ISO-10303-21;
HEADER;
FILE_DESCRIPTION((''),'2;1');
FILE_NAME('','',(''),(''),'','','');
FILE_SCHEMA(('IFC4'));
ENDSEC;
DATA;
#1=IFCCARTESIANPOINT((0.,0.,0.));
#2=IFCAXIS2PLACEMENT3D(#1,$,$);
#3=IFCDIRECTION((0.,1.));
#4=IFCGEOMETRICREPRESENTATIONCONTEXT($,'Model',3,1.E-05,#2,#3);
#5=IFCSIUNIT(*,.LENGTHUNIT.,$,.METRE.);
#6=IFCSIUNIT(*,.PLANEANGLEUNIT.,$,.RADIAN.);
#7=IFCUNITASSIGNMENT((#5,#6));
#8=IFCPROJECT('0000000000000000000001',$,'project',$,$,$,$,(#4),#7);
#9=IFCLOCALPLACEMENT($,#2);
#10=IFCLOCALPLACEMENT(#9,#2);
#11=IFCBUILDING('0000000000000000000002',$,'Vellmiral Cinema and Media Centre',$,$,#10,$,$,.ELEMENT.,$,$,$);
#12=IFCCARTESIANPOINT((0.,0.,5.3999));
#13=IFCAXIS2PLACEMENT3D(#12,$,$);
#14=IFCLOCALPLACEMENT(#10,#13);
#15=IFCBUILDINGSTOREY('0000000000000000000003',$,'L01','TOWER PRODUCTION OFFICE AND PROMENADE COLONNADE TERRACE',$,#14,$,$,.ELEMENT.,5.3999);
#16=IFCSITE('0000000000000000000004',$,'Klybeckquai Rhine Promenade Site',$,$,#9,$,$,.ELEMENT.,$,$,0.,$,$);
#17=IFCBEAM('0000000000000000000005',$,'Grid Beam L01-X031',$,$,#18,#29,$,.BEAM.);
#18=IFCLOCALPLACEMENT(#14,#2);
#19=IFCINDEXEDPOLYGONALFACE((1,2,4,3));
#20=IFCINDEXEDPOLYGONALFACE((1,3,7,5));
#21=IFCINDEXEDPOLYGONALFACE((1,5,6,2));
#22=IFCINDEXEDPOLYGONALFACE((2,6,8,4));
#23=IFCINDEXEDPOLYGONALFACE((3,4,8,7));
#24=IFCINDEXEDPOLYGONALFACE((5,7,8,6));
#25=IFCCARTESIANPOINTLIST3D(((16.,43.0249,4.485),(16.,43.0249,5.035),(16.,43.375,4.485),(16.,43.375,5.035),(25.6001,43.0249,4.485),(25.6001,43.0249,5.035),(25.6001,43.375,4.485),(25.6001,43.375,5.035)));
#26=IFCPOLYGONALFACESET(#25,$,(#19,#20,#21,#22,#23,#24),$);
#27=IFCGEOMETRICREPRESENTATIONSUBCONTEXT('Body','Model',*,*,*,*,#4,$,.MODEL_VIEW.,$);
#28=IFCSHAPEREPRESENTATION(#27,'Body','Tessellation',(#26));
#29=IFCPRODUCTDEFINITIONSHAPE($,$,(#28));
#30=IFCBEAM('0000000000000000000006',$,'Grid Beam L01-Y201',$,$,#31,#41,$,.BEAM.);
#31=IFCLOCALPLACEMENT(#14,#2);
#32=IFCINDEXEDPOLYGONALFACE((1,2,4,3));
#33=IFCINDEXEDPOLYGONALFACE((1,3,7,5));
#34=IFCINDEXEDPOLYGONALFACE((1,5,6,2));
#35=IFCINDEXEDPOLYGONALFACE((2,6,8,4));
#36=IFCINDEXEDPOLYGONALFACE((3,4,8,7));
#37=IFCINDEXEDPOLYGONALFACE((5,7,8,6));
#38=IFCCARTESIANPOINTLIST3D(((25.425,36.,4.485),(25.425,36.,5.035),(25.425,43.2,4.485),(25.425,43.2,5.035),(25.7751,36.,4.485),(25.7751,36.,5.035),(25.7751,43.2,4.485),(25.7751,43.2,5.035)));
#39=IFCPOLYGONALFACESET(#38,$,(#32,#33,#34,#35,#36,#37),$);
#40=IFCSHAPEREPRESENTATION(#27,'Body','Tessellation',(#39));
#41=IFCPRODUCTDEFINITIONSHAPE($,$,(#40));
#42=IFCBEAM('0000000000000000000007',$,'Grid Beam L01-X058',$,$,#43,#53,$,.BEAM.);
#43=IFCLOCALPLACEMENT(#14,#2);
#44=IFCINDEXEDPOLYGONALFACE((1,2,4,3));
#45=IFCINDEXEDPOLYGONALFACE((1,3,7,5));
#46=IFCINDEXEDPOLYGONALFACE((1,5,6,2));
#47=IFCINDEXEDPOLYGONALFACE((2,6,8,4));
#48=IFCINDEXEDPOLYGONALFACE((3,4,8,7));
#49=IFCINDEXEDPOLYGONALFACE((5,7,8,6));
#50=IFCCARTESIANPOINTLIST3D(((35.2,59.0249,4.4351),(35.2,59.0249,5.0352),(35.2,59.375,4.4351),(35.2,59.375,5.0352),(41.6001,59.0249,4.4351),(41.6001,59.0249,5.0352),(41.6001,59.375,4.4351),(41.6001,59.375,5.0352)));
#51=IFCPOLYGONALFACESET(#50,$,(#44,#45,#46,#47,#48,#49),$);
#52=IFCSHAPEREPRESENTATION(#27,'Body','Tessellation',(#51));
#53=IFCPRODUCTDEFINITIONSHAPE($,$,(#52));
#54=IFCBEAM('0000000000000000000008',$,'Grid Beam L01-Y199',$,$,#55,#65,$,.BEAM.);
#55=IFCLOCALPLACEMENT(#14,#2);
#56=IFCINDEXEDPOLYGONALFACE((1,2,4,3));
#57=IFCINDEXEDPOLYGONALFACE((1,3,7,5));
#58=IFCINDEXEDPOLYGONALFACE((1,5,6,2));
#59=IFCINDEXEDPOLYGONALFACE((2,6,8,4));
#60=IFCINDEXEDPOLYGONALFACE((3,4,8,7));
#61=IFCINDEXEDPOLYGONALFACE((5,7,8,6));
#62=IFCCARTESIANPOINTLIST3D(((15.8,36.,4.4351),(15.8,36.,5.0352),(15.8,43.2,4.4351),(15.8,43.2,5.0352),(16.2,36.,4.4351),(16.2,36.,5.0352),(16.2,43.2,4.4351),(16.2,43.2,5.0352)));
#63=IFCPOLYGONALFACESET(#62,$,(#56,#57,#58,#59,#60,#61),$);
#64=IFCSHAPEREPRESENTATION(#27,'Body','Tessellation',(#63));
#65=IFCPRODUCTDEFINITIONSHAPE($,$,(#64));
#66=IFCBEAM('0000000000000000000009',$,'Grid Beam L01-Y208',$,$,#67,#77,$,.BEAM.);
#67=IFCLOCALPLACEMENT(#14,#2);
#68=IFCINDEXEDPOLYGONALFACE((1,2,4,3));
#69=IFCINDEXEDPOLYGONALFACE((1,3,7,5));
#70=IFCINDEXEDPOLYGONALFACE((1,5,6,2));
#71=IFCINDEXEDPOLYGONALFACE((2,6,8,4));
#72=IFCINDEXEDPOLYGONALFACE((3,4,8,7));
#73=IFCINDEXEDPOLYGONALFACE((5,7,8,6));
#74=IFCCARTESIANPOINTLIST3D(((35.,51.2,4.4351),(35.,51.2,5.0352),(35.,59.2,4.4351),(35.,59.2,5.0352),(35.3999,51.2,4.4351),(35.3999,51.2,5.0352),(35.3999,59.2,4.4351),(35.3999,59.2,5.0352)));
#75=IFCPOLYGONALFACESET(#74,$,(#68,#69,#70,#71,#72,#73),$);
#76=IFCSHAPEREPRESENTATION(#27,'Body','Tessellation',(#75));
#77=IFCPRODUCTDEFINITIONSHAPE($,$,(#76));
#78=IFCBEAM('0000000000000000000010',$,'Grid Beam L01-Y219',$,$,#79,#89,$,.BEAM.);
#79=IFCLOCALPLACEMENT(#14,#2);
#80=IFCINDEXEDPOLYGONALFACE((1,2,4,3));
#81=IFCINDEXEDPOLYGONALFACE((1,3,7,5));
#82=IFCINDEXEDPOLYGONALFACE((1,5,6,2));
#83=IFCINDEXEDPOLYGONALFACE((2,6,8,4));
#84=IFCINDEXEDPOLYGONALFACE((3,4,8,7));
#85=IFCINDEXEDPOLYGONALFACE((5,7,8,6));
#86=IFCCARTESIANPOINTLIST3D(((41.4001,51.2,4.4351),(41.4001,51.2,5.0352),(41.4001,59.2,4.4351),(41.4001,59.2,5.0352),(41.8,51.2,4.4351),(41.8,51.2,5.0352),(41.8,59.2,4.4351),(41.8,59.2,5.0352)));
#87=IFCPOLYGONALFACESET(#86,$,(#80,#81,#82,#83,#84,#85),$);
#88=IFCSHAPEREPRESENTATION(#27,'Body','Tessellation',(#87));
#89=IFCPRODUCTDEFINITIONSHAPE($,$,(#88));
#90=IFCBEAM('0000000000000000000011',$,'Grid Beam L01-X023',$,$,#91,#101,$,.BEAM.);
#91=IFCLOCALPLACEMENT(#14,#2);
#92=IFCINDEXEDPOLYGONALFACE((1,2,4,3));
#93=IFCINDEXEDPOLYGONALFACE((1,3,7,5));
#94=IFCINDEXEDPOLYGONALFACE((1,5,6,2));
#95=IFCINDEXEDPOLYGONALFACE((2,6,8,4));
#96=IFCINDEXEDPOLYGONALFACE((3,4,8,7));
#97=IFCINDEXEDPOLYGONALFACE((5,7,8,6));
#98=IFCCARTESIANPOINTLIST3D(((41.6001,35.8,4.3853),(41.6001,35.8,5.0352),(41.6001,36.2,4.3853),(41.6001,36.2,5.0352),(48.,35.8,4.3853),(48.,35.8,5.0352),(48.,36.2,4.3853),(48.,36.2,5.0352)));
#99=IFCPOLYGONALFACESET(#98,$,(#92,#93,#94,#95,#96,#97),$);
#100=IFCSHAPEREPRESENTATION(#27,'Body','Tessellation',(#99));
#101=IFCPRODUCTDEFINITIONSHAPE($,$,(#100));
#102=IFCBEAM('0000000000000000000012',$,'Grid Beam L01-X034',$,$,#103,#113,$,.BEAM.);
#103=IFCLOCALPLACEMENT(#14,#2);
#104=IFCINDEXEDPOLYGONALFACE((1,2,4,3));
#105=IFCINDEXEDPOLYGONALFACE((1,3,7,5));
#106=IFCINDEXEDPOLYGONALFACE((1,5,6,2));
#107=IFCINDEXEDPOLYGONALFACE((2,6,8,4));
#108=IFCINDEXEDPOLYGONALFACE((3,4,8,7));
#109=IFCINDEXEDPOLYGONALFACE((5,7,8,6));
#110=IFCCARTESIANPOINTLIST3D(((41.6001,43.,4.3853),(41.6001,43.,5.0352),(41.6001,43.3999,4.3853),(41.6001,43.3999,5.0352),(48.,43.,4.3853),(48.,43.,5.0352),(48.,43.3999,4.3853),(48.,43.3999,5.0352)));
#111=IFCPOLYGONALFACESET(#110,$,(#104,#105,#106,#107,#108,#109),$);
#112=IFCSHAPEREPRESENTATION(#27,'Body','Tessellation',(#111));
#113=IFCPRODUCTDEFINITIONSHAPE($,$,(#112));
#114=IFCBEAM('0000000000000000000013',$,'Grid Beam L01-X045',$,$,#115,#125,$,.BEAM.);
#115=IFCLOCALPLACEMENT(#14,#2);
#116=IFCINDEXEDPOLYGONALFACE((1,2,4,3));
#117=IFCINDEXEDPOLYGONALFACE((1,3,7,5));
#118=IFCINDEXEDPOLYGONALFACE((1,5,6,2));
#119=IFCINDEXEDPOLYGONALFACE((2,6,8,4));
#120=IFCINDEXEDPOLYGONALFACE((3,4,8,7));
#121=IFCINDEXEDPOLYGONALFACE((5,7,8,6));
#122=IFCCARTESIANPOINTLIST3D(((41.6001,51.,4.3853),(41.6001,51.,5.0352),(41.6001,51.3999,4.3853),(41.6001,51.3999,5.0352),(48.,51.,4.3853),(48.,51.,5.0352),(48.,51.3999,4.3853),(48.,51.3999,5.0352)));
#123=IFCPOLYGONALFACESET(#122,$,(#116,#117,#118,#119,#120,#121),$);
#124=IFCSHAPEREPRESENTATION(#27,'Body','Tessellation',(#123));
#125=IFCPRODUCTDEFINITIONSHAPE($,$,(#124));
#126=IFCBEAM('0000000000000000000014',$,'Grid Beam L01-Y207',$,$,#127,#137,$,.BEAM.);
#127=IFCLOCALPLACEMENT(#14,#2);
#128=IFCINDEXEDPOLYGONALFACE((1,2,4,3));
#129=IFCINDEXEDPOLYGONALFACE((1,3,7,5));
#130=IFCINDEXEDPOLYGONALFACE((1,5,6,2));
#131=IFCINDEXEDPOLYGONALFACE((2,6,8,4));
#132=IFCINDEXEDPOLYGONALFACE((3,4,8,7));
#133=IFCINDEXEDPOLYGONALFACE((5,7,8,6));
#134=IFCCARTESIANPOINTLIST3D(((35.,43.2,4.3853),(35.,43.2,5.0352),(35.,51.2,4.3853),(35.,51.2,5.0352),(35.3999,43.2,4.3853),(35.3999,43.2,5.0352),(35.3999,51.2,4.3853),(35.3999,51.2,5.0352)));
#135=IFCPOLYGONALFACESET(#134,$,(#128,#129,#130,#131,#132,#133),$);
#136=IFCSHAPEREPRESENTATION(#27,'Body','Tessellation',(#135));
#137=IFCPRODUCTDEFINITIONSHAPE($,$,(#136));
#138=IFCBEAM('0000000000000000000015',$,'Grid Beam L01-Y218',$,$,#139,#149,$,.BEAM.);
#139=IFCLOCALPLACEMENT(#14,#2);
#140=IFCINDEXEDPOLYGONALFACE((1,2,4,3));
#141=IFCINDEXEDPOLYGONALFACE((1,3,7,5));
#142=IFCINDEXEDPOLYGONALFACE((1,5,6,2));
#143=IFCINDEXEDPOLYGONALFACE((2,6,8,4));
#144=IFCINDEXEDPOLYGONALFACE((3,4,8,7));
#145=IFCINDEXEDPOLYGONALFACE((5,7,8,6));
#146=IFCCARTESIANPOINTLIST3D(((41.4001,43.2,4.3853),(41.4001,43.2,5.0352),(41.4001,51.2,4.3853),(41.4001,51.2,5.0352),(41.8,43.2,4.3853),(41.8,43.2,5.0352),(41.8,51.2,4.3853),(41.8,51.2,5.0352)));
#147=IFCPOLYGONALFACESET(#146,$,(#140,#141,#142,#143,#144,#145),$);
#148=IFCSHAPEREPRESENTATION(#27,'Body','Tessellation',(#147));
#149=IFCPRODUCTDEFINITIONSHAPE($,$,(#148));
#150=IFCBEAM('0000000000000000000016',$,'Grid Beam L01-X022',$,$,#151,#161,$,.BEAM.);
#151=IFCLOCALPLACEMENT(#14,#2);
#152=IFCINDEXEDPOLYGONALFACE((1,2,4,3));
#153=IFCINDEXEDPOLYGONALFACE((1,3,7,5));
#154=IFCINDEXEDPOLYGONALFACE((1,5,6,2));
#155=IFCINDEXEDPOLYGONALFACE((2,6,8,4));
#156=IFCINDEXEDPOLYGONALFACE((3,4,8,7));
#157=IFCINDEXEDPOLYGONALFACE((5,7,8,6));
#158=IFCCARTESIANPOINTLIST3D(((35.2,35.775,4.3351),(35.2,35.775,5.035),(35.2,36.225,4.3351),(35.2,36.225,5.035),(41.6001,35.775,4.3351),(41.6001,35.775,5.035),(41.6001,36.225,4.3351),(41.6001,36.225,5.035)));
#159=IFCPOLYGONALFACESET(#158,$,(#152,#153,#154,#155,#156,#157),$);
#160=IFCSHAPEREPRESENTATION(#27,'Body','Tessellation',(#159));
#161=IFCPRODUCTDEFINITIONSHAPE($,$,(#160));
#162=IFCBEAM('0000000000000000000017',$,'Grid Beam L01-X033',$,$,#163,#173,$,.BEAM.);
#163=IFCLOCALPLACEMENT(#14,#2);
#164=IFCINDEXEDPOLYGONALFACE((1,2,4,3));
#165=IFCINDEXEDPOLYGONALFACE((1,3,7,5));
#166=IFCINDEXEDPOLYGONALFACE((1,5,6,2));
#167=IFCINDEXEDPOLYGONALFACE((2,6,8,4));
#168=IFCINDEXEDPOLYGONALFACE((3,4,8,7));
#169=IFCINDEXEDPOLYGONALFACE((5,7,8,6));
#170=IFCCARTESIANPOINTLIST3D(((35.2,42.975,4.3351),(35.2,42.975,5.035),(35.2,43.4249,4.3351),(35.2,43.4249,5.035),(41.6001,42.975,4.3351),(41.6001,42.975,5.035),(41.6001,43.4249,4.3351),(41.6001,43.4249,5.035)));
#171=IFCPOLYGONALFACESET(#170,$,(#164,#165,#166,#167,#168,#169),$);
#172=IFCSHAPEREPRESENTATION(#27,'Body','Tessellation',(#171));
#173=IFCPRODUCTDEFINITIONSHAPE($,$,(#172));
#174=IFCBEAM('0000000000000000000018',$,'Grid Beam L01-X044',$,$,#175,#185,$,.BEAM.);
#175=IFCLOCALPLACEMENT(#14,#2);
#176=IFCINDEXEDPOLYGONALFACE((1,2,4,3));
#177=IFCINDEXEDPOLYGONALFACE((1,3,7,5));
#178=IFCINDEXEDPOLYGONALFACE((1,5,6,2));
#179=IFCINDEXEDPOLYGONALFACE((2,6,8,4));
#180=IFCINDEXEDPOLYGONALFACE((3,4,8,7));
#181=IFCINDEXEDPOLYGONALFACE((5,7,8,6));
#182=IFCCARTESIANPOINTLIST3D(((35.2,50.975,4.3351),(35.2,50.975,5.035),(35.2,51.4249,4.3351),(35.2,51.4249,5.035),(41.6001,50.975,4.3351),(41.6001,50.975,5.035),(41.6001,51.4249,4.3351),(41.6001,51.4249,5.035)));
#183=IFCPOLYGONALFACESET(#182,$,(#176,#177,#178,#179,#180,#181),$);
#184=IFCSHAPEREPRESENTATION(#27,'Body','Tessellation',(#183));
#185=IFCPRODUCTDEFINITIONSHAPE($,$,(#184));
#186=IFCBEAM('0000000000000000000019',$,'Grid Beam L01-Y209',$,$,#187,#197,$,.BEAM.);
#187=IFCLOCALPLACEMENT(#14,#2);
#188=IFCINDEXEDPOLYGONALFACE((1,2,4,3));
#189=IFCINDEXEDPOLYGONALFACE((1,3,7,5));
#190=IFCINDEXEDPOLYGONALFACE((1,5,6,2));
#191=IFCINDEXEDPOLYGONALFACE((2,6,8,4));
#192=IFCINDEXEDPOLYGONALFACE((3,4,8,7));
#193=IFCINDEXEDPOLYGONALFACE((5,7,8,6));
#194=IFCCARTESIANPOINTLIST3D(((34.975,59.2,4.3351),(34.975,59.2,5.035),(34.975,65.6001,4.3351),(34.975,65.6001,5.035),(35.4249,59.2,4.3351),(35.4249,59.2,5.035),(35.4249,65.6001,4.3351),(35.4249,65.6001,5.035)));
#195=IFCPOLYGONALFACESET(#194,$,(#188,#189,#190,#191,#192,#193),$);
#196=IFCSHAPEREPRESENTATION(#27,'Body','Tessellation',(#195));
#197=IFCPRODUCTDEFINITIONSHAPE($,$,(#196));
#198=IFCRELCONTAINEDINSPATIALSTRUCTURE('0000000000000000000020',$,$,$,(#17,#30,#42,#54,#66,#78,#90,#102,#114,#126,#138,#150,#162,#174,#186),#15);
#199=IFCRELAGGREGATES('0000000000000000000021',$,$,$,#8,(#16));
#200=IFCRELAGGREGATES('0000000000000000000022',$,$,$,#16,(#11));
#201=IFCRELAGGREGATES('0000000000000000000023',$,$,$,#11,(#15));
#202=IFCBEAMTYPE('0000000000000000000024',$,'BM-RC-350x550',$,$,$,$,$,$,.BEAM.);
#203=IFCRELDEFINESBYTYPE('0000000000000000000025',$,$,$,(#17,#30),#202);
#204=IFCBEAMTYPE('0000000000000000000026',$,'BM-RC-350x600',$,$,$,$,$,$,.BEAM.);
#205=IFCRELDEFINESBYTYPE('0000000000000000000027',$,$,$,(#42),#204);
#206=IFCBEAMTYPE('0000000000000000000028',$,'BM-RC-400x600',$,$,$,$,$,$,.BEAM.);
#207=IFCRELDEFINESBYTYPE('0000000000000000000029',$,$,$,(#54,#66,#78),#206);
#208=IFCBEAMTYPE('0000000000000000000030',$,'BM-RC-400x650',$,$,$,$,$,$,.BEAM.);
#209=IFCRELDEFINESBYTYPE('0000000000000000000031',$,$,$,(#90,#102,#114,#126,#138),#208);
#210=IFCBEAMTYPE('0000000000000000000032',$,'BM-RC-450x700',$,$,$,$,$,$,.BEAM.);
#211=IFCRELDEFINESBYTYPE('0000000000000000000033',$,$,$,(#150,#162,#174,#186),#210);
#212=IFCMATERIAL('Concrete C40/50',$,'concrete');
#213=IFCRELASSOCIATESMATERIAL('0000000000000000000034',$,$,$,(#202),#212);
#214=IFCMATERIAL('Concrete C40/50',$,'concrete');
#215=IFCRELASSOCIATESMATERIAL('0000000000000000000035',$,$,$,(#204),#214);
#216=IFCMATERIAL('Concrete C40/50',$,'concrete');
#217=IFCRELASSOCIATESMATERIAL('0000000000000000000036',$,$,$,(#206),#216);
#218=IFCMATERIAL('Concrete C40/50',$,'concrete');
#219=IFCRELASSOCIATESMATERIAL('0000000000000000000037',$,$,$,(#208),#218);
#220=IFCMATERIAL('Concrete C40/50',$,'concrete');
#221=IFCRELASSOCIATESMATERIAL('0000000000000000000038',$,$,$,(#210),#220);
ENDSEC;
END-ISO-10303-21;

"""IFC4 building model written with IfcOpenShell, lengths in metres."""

from ifc_helpers import new_model, si_unit, direction, frame, origin, origin_2d, place, context, subcontext, project, spatial, rectangle, extrude, material, material_profile, profile_set, type_object, element, save


model = new_model("IFC4")

# Units and contexts
model_context = context("Model", 3, precision=1e-05, world=origin(), true_north=direction((0.0, 1.0)))
body_context = subcontext(model_context, "Body", "Model", "MODEL_VIEW")
ifc_project = project(units=[si_unit("LENGTHUNIT", "METRE"), si_unit("PLANEANGLEUNIT", "RADIAN")], contexts=[model_context])

# Site, building, storey
site_placement = place(None, origin())
site = spatial("IfcSite", under=ifc_project, at=site_placement, Name="Klybeckquai Rhine Promenade Site", CompositionType="ELEMENT", RefElevation=0.0)
building_placement = place(site_placement, origin())
building = spatial("IfcBuilding", under=site, at=building_placement, Name="Vellmiral Cinema and Media Centre", CompositionType="ELEMENT")
storey_placement = place(building_placement, frame((0.0, 0.0, 5.3999)))
storey = spatial("IfcBuildingStorey", under=building, at=storey_placement, Name="L01", Description="TOWER PRODUCTION OFFICE AND PROMENADE COLONNADE TERRACE", CompositionType="ELEMENT", Elevation=5.3999)

# Beams
ifc_material_1 = material(Name="Concrete C40/50", Category="concrete")
ifc_material_profile_1 = material_profile(ifc_material_1, rectangle(XDim=0.3501, YDim=0.55, at=origin_2d()), Name="RC 350x550")
ifc_profile_set_1 = profile_set([ifc_material_profile_1], Name="Concrete C40/50")
beam_type_1 = type_object("IfcBeamType", Name="BM-RC-350x550", PredefinedType="BEAM", material=ifc_profile_set_1)
for number, where, z_axis, x_axis, name in (
    (1, (16.0, 43.2, 4.76), (1.0, 0.0, 0.0), (0.0, 1.0, 0.0), "Grid Beam L01-X031"),
):
    element("IfcBeam", number, at=place(storey_placement, frame(where, z_axis=z_axis, x_axis=x_axis)), inside=storey, type_object=beam_type_1, Name=name, PredefinedType="BEAM", context=body_context, shape_type="SweptSolid", body=[
        extrude(rectangle(XDim=0.3501, YDim=0.55, at=origin_2d()), origin(), (0.0, 0.0, 1.0), 9.6001),
    ])
beam_1_placement = place(storey_placement, frame((25.6001, 36.0, 4.76), z_axis=(0.0, 1.0, 0.0), x_axis=(-1.0, 0.0, 0.0)))
element("IfcBeam", 2, at=beam_1_placement, inside=storey, type_object=beam_type_1, Name="Grid Beam L01-Y201", PredefinedType="BEAM", context=body_context, shape_type="SweptSolid", body=[
    extrude(rectangle(XDim=0.3501, YDim=0.55, at=origin_2d()), origin(), (0.0, 0.0, 1.0), 7.2),
])
ifc_material_2 = material(Name="Concrete C40/50", Category="concrete")
ifc_material_profile_2 = material_profile(ifc_material_2, rectangle(XDim=0.3501, YDim=0.6001, at=origin_2d()), Name="RC 350x600")
ifc_profile_set_2 = profile_set([ifc_material_profile_2], Name="Concrete C40/50")
beam_type_2 = type_object("IfcBeamType", Name="BM-RC-350x600", PredefinedType="BEAM", material=ifc_profile_set_2)
beam_2_placement = place(storey_placement, frame((35.2, 59.2, 4.7351), z_axis=(1.0, 0.0, 0.0), x_axis=(0.0, 1.0, 0.0)))
element("IfcBeam", 3, at=beam_2_placement, inside=storey, type_object=beam_type_2, Name="Grid Beam L01-X058", PredefinedType="BEAM", context=body_context, shape_type="SweptSolid", body=[
    extrude(rectangle(XDim=0.3501, YDim=0.6001, at=origin_2d()), origin(), (0.0, 0.0, 1.0), 6.4001),
])
ifc_material_3 = material(Name="Concrete C40/50", Category="concrete")
ifc_material_profile_3 = material_profile(ifc_material_3, rectangle(XDim=0.3999, YDim=0.6001, at=origin_2d()), Name="RC 400x600")
ifc_profile_set_3 = profile_set([ifc_material_profile_3], Name="Concrete C40/50")
beam_type_3 = type_object("IfcBeamType", Name="BM-RC-400x600", PredefinedType="BEAM", material=ifc_profile_set_3)
beam_3_placement = place(storey_placement, frame((16.0, 36.0, 4.7351), z_axis=(0.0, 1.0, 0.0), x_axis=(-1.0, 0.0, 0.0)))
element("IfcBeam", 4, at=beam_3_placement, inside=storey, type_object=beam_type_3, Name="Grid Beam L01-Y199", PredefinedType="BEAM", context=body_context, shape_type="SweptSolid", body=[
    extrude(rectangle(XDim=0.3999, YDim=0.6001, at=origin_2d()), origin(), (0.0, 0.0, 1.0), 7.2),
])
for number, where, z_axis, x_axis, name in (
    (5, (35.2, 51.2, 4.7351), (0.0, 1.0, 0.0), (-1.0, 0.0, 0.0), "Grid Beam L01-Y208"),
    (6, (41.6001, 51.2, 4.7351), (0.0, 1.0, 0.0), (-1.0, 0.0, 0.0), "Grid Beam L01-Y219"),
):
    element("IfcBeam", number, at=place(storey_placement, frame(where, z_axis=z_axis, x_axis=x_axis)), inside=storey, type_object=beam_type_3, Name=name, PredefinedType="BEAM", context=body_context, shape_type="SweptSolid", body=[
        extrude(rectangle(XDim=0.3999, YDim=0.6001, at=origin_2d()), origin(), (0.0, 0.0, 1.0), 8.0),
    ])
ifc_material_4 = material(Name="Concrete C40/50", Category="concrete")
ifc_material_profile_4 = material_profile(ifc_material_4, rectangle(XDim=0.3999, YDim=0.6499, at=origin_2d()), Name="RC 400x650")
ifc_profile_set_4 = profile_set([ifc_material_profile_4], Name="Concrete C40/50")
beam_type_4 = type_object("IfcBeamType", Name="BM-RC-400x650", PredefinedType="BEAM", material=ifc_profile_set_4)
for number, where, z_axis, x_axis, name in (
    (7, (41.6001, 36.0, 4.7102), (1.0, 0.0, 0.0), (0.0, 1.0, 0.0), "Grid Beam L01-X023"),
    (8, (41.6001, 43.2, 4.7102), (1.0, 0.0, 0.0), (0.0, 1.0, 0.0), "Grid Beam L01-X034"),
    (9, (41.6001, 51.2, 4.7102), (1.0, 0.0, 0.0), (0.0, 1.0, 0.0), "Grid Beam L01-X045"),
):
    element("IfcBeam", number, at=place(storey_placement, frame(where, z_axis=z_axis, x_axis=x_axis)), inside=storey, type_object=beam_type_4, Name=name, PredefinedType="BEAM", context=body_context, shape_type="SweptSolid", body=[
        extrude(rectangle(XDim=0.3999, YDim=0.6499, at=origin_2d()), origin(), (0.0, 0.0, 1.0), 6.3999),
    ])
for number, where, z_axis, x_axis, name in (
    (10, (35.2, 43.2, 4.7102), (0.0, 1.0, 0.0), (-1.0, 0.0, 0.0), "Grid Beam L01-Y207"),
    (11, (41.6001, 43.2, 4.7102), (0.0, 1.0, 0.0), (-1.0, 0.0, 0.0), "Grid Beam L01-Y218"),
):
    element("IfcBeam", number, at=place(storey_placement, frame(where, z_axis=z_axis, x_axis=x_axis)), inside=storey, type_object=beam_type_4, Name=name, PredefinedType="BEAM", context=body_context, shape_type="SweptSolid", body=[
        extrude(rectangle(XDim=0.3999, YDim=0.6499, at=origin_2d()), origin(), (0.0, 0.0, 1.0), 8.0),
    ])
ifc_material_5 = material(Name="Concrete C40/50", Category="concrete")
ifc_material_profile_5 = material_profile(ifc_material_5, rectangle(XDim=0.45, YDim=0.7, at=origin_2d()), Name="RC 450x700")
ifc_profile_set_5 = profile_set([ifc_material_profile_5], Name="Concrete C40/50")
beam_type_5 = type_object("IfcBeamType", Name="BM-RC-450x700", PredefinedType="BEAM", material=ifc_profile_set_5)
for number, where, z_axis, x_axis, name in (
    (12, (35.2, 36.0, 4.6851), (1.0, 0.0, 0.0), (0.0, 1.0, 0.0), "Grid Beam L01-X022"),
    (13, (35.2, 43.2, 4.6851), (1.0, 0.0, 0.0), (0.0, 1.0, 0.0), "Grid Beam L01-X033"),
    (14, (35.2, 51.2, 4.6851), (1.0, 0.0, 0.0), (0.0, 1.0, 0.0), "Grid Beam L01-X044"),
    (15, (35.2, 59.2, 4.6851), (0.0, 1.0, 0.0), (-1.0, 0.0, 0.0), "Grid Beam L01-Y209"),
):
    element("IfcBeam", number, at=place(storey_placement, frame(where, z_axis=z_axis, x_axis=x_axis)), inside=storey, type_object=beam_type_5, Name=name, PredefinedType="BEAM", context=body_context, shape_type="SweptSolid", body=[
        extrude(rectangle(XDim=0.45, YDim=0.7, at=origin_2d()), origin(), (0.0, 0.0, 1.0), 6.4001),
    ])

save(model, "model.ifc")
